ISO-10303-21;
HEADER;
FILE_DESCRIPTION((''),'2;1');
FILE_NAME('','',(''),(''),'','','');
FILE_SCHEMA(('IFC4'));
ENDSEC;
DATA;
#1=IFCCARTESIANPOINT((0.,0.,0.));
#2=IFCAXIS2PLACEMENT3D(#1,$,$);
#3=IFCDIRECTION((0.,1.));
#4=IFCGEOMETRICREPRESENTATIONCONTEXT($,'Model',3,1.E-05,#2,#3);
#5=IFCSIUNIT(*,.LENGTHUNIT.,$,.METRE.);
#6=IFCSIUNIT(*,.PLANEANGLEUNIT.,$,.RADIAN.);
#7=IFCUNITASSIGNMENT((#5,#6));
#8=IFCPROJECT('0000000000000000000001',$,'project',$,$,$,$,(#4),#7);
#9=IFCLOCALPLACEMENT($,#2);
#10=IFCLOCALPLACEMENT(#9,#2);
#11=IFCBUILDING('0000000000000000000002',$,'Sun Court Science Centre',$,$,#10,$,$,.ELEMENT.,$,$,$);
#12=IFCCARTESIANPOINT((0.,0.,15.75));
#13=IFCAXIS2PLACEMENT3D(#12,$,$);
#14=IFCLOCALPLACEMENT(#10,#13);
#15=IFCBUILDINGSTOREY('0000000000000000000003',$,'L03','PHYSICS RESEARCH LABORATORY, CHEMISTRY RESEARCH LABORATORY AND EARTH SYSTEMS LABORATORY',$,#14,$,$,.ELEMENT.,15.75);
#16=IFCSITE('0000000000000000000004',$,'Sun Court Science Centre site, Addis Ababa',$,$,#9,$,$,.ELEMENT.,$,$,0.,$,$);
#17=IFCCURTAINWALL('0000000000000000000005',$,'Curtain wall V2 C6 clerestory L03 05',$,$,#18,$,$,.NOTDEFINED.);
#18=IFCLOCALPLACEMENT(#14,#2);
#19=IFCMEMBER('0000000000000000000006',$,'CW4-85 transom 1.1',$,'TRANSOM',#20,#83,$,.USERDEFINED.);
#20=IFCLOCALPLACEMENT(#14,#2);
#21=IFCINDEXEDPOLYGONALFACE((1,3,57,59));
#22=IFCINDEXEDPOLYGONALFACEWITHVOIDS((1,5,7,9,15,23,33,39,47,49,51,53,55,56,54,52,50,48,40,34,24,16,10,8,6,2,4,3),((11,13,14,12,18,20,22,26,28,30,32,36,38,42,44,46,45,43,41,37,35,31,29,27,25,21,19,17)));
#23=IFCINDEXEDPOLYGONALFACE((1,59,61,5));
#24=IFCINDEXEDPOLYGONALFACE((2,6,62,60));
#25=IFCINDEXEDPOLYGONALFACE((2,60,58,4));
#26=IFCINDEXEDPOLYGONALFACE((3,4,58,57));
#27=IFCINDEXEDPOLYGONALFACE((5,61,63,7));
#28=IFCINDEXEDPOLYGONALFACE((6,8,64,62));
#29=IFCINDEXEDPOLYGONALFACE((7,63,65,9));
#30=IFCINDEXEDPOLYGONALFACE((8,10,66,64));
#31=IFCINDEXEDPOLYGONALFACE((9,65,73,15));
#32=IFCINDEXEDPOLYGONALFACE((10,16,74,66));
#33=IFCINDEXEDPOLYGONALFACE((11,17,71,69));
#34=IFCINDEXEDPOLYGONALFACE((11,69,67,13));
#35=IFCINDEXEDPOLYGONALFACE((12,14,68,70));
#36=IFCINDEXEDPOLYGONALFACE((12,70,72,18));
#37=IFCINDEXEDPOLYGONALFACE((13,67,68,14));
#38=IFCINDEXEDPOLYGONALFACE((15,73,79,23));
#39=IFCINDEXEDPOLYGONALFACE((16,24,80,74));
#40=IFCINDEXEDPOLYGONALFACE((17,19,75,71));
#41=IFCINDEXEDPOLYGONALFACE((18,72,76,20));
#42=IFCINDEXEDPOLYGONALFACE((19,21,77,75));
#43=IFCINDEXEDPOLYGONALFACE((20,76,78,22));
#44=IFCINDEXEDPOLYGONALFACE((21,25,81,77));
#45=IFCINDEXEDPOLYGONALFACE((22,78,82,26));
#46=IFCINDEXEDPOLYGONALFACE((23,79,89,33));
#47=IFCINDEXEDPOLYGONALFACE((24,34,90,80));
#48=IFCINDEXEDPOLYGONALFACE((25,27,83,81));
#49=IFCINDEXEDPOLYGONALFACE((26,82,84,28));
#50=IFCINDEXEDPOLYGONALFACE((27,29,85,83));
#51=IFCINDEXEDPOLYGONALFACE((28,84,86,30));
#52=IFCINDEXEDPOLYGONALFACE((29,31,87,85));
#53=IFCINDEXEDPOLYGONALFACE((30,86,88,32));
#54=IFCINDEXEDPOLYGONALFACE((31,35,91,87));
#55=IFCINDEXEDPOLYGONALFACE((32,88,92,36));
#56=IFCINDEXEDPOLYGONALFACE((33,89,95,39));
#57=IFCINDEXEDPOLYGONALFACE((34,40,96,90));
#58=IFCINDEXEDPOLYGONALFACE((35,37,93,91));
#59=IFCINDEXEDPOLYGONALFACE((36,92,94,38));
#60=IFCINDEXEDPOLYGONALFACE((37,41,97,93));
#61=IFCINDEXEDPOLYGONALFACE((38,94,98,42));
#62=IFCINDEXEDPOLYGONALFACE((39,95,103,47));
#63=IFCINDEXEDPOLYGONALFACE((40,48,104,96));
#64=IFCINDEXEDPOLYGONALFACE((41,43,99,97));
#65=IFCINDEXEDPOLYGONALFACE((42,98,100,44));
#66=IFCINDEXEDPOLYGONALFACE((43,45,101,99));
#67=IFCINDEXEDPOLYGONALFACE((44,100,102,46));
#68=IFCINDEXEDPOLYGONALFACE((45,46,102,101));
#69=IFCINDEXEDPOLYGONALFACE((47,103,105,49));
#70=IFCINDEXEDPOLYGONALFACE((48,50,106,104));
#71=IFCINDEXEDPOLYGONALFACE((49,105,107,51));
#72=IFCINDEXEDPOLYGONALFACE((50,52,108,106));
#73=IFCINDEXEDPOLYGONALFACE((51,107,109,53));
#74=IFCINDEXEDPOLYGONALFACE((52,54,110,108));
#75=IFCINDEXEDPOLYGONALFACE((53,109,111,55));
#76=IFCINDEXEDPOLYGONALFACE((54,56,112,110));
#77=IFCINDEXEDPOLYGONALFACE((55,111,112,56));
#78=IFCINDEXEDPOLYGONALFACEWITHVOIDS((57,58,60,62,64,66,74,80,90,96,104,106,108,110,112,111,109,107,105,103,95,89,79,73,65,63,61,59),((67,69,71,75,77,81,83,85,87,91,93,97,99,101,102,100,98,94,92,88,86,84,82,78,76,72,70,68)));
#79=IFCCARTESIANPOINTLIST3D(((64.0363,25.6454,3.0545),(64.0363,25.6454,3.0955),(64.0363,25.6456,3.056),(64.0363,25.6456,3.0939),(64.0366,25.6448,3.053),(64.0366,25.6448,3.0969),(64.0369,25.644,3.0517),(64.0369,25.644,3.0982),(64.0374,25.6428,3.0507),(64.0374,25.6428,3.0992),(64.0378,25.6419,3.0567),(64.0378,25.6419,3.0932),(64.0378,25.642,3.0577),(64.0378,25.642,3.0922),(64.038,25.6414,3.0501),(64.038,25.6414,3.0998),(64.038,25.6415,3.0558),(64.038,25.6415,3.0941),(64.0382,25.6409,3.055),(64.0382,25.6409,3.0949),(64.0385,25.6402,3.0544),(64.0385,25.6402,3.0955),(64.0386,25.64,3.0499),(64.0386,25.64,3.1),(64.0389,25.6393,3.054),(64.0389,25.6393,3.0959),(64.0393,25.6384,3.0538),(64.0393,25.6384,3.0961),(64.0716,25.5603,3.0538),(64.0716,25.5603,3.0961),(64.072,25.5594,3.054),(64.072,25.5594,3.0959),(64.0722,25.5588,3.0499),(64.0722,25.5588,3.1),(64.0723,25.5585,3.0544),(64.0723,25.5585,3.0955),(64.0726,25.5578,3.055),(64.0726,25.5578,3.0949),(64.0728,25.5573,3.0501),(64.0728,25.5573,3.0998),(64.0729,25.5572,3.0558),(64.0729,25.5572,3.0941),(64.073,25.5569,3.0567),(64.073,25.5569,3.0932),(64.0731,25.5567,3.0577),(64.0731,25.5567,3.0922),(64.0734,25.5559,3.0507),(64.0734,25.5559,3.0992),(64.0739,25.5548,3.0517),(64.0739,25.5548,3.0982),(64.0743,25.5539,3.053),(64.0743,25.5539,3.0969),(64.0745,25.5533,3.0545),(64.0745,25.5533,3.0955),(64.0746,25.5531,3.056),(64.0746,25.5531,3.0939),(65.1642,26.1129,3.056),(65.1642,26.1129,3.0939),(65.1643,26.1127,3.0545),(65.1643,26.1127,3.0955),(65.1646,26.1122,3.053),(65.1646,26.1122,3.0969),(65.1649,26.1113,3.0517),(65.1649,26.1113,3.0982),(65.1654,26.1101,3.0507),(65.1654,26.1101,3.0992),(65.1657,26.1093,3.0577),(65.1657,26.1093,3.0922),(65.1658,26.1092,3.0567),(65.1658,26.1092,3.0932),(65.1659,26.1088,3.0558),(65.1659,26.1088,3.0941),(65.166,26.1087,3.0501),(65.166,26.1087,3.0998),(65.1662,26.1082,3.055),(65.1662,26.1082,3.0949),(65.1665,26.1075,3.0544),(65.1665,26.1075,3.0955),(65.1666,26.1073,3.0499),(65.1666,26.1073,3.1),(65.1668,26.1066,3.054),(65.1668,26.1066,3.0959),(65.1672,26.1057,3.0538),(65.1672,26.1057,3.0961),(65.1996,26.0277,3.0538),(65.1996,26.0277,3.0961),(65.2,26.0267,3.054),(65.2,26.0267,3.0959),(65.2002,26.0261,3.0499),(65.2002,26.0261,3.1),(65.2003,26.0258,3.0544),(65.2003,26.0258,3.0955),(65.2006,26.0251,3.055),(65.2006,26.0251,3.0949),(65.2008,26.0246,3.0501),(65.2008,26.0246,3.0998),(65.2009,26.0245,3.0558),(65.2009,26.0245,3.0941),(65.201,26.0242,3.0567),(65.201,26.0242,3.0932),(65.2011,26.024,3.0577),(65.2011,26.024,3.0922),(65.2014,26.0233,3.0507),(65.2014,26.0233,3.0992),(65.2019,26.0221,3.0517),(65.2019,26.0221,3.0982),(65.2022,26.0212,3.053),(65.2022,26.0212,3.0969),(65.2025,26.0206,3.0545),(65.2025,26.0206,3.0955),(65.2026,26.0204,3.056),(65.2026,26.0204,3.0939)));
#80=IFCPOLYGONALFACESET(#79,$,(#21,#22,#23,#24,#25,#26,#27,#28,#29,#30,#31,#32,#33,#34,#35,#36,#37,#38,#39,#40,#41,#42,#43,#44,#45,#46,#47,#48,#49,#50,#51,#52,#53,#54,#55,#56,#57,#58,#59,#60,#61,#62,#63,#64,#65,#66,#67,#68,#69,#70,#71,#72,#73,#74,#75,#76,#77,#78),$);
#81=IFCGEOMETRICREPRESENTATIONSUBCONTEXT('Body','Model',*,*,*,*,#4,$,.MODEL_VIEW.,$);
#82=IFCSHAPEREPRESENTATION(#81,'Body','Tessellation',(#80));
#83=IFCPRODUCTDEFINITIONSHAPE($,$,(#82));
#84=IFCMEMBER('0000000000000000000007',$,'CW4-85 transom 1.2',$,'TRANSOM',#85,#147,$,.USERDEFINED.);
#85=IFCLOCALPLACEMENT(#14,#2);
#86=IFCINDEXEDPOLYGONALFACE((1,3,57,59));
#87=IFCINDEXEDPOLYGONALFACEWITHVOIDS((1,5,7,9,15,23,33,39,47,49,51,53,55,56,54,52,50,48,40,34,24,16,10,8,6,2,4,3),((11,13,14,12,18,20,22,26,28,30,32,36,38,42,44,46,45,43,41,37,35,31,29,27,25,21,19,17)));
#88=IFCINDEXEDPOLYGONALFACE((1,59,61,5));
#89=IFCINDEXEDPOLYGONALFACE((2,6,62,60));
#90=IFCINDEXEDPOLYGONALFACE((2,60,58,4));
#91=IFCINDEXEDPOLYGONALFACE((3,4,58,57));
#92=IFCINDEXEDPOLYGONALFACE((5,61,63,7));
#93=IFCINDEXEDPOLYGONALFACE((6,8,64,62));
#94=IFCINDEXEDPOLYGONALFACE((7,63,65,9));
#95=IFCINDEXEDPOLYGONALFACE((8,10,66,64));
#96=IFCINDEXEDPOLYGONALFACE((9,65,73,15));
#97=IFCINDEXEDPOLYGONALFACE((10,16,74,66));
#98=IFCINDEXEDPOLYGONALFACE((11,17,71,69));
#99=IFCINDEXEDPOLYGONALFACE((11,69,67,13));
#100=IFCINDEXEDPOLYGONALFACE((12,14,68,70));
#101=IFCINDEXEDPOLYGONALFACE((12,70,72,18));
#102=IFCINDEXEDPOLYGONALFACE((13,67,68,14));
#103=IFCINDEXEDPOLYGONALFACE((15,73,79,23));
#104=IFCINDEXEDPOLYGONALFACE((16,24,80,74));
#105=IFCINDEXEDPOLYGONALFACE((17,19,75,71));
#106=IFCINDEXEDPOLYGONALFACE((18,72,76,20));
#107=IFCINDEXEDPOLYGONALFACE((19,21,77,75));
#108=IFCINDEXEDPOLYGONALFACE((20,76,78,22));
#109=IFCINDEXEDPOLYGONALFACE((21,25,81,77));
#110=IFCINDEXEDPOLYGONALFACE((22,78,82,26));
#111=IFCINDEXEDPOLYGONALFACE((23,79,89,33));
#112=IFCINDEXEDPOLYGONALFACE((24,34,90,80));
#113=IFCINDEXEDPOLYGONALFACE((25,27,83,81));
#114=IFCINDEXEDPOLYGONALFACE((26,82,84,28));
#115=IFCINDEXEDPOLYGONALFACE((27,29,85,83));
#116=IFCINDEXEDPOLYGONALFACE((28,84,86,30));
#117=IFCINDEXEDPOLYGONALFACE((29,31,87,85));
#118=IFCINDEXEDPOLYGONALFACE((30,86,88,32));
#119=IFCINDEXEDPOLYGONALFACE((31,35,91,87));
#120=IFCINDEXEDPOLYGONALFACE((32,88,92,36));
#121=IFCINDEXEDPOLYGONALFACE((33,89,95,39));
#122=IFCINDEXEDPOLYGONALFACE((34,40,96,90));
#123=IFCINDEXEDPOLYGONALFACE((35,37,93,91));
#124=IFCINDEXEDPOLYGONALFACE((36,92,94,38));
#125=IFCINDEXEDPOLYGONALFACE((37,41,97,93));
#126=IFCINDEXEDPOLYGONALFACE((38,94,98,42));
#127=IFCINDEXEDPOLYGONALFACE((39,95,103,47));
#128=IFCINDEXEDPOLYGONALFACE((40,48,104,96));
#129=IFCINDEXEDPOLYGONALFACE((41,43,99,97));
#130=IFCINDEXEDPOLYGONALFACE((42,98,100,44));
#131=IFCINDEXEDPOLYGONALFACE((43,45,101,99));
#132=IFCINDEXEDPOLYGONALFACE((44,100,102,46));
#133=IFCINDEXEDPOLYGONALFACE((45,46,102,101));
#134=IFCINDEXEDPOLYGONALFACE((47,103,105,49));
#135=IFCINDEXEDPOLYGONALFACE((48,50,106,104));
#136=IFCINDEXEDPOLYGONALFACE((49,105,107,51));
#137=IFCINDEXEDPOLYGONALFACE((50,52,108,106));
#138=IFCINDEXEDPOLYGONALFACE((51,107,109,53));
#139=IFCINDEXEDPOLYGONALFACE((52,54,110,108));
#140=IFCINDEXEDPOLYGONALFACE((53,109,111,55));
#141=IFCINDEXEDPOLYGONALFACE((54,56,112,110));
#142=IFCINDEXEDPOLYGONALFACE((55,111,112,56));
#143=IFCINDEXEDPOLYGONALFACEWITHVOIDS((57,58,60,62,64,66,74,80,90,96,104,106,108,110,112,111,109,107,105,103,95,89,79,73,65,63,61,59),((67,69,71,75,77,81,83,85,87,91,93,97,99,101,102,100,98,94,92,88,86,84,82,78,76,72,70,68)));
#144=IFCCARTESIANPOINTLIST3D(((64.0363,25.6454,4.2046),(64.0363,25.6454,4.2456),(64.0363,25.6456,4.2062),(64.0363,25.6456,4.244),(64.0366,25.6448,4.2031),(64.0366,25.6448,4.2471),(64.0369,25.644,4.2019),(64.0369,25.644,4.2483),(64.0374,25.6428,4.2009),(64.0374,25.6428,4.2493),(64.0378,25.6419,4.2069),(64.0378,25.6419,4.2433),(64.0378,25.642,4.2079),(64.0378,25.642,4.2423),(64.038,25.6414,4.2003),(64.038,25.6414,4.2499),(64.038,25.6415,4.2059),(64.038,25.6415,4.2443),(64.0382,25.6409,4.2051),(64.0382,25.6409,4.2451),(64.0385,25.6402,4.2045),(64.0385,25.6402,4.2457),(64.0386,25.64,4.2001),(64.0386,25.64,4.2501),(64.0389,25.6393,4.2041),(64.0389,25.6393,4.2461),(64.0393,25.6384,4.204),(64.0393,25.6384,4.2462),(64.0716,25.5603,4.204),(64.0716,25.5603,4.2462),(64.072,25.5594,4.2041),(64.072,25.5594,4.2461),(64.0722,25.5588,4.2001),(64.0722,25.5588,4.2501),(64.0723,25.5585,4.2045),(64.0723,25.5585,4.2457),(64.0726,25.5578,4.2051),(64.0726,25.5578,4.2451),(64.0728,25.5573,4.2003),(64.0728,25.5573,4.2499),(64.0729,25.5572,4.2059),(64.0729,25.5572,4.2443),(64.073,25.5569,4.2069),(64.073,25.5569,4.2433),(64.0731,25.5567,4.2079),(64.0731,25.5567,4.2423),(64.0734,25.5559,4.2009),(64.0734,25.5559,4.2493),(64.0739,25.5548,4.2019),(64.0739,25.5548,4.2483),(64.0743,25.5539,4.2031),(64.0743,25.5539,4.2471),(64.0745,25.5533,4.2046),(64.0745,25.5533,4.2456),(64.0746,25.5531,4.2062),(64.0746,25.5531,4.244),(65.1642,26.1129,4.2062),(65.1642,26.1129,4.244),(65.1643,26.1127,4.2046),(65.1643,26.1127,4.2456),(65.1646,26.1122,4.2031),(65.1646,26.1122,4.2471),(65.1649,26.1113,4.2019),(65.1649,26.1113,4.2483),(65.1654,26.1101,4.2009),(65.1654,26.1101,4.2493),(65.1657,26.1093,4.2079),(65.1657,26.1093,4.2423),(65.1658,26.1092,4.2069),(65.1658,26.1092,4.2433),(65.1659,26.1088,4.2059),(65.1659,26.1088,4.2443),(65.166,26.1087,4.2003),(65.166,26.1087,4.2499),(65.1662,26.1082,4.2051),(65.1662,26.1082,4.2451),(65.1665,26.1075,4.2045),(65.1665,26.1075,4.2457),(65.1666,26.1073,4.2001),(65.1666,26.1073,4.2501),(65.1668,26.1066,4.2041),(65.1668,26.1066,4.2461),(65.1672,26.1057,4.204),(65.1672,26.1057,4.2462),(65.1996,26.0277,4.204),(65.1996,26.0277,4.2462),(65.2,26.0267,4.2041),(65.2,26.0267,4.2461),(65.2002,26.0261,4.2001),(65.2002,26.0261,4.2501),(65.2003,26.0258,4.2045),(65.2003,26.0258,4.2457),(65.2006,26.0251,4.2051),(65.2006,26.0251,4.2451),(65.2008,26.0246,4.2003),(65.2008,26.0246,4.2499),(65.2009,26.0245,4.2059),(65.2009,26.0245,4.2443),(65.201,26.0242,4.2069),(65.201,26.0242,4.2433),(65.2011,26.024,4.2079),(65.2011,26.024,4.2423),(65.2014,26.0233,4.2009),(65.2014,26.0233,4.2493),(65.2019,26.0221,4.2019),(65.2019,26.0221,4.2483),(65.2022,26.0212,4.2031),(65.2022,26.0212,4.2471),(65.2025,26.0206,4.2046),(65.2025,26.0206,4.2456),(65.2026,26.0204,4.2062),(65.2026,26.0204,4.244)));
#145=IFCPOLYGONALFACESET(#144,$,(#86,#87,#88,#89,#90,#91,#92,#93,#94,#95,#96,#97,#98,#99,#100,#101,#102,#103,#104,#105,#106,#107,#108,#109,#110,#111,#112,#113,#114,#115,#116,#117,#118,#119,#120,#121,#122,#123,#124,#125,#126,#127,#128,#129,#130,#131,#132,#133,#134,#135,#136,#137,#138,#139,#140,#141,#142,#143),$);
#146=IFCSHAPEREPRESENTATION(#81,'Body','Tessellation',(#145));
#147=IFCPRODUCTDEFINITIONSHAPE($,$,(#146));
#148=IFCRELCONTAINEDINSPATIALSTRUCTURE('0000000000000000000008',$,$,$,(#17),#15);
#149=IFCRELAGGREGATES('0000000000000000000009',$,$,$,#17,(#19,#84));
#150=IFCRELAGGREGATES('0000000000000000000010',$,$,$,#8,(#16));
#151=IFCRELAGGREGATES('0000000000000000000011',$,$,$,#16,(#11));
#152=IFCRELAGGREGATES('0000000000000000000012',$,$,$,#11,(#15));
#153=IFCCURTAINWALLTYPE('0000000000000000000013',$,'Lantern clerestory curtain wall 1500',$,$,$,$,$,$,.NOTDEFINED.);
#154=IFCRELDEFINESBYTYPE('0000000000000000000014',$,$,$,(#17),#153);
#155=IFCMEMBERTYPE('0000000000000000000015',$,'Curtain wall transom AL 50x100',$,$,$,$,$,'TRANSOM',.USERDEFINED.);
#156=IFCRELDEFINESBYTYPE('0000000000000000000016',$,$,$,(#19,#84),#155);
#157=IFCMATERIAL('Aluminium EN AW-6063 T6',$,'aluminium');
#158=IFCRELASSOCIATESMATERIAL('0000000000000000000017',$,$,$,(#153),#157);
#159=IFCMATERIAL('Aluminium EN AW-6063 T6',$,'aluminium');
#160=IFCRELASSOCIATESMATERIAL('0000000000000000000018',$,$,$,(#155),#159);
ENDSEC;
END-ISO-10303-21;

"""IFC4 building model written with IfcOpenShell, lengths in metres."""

from ifc_helpers import new_model, si_unit, direction, frame, origin, origin_2d, place, context, subcontext, project, spatial, hollow_rectangle, extrude, material, material_profile, profile_set, type_object, element, aggregate, save


model = new_model("IFC4")

# Units and contexts
model_context = context("Model", 3, precision=1e-05, world=origin(), true_north=direction((0.0, 1.0)))
body_context = subcontext(model_context, "Body", "Model", "MODEL_VIEW")
ifc_project = project(units=[si_unit("LENGTHUNIT", "METRE"), si_unit("PLANEANGLEUNIT", "RADIAN")], contexts=[model_context])

# Site, building, storey
site_placement = place(None, origin())
site = spatial("IfcSite", under=ifc_project, at=site_placement, Name="Sun Court Science Centre site, Addis Ababa", CompositionType="ELEMENT", RefElevation=0.0)
building_placement = place(site_placement, origin())
building = spatial("IfcBuilding", under=site, at=building_placement, Name="Sun Court Science Centre", CompositionType="ELEMENT")
storey_placement = place(building_placement, frame((0.0, 0.0, 15.75)))
storey = spatial("IfcBuildingStorey", under=building, at=storey_placement, Name="L03", Description="PHYSICS RESEARCH LABORATORY, CHEMISTRY RESEARCH LABORATORY AND EARTH SYSTEMS LABORATORY", CompositionType="ELEMENT", Elevation=15.75)

# Curtain wall
ifc_material_1 = material(Name="Aluminium EN AW-6063 T6", Category="aluminium")
curtain_wall_type = type_object("IfcCurtainWallType", Name="Lantern clerestory curtain wall 1500", PredefinedType="NOTDEFINED", material=ifc_material_1)
curtain_wall_1_placement = place(storey_placement, origin())
curtain_wall_1 = element("IfcCurtainWall", 1, at=curtain_wall_1_placement, inside=storey, type_object=curtain_wall_type, Name="Curtain wall V2 C6 clerestory L03 05", PredefinedType="NOTDEFINED")

# Members
ifc_material_2 = material(Name="Aluminium EN AW-6063 T6", Category="aluminium")
ifc_material_profile_1 = material_profile(ifc_material_2, hollow_rectangle(XDim=0.05, YDim=0.1001, WallThickness=0.0039, InnerFilletRadius=0.0039, OuterFilletRadius=0.0061, at=origin_2d()), Name="AL 50x100x4")
ifc_profile_set_1 = profile_set([ifc_material_profile_1], Name="Aluminium EN AW-6063 T6")
member_type_1 = type_object("IfcMemberType", Name="Curtain wall transom AL 50x100", ElementType="TRANSOM", PredefinedType="USERDEFINED", material=ifc_profile_set_1)
member_1_placement = place(storey_placement, frame((64.0554, 25.5994, 3.075), z_axis=(0.923856, 0.38274, 0.0), x_axis=(0.0, 0.0, 1.0)))
member_1 = element("IfcMember", 2, at=member_1_placement, type_object=member_type_1, Name="CW4-85 transom 1.1", ObjectType="TRANSOM", PredefinedType="USERDEFINED", context=body_context, shape_type="SweptSolid", body=[
    extrude(hollow_rectangle(XDim=0.05, YDim=0.1001, WallThickness=0.0039, InnerFilletRadius=0.0039, OuterFilletRadius=0.0061, at=origin_2d()), origin(), (0.0, 0.0, 1.0), 1.2209),
])
member_2_placement = place(storey_placement, frame((64.0554, 25.5994, 4.2251), z_axis=(0.923856, 0.38274, 0.0), x_axis=(0.0, 0.0, 1.0)))
member_2 = element("IfcMember", 3, at=member_2_placement, type_object=member_type_1, Name="CW4-85 transom 1.2", ObjectType="TRANSOM", PredefinedType="USERDEFINED", context=body_context, shape_type="SweptSolid", body=[
    extrude(hollow_rectangle(XDim=0.05, YDim=0.1001, WallThickness=0.0039, InnerFilletRadius=0.0039, OuterFilletRadius=0.0061, at=origin_2d()), origin(), (0.0, 0.0, 1.0), 1.2209),
])

aggregate(curtain_wall_1, [member_1, member_2])

save(model, "model.ifc")
